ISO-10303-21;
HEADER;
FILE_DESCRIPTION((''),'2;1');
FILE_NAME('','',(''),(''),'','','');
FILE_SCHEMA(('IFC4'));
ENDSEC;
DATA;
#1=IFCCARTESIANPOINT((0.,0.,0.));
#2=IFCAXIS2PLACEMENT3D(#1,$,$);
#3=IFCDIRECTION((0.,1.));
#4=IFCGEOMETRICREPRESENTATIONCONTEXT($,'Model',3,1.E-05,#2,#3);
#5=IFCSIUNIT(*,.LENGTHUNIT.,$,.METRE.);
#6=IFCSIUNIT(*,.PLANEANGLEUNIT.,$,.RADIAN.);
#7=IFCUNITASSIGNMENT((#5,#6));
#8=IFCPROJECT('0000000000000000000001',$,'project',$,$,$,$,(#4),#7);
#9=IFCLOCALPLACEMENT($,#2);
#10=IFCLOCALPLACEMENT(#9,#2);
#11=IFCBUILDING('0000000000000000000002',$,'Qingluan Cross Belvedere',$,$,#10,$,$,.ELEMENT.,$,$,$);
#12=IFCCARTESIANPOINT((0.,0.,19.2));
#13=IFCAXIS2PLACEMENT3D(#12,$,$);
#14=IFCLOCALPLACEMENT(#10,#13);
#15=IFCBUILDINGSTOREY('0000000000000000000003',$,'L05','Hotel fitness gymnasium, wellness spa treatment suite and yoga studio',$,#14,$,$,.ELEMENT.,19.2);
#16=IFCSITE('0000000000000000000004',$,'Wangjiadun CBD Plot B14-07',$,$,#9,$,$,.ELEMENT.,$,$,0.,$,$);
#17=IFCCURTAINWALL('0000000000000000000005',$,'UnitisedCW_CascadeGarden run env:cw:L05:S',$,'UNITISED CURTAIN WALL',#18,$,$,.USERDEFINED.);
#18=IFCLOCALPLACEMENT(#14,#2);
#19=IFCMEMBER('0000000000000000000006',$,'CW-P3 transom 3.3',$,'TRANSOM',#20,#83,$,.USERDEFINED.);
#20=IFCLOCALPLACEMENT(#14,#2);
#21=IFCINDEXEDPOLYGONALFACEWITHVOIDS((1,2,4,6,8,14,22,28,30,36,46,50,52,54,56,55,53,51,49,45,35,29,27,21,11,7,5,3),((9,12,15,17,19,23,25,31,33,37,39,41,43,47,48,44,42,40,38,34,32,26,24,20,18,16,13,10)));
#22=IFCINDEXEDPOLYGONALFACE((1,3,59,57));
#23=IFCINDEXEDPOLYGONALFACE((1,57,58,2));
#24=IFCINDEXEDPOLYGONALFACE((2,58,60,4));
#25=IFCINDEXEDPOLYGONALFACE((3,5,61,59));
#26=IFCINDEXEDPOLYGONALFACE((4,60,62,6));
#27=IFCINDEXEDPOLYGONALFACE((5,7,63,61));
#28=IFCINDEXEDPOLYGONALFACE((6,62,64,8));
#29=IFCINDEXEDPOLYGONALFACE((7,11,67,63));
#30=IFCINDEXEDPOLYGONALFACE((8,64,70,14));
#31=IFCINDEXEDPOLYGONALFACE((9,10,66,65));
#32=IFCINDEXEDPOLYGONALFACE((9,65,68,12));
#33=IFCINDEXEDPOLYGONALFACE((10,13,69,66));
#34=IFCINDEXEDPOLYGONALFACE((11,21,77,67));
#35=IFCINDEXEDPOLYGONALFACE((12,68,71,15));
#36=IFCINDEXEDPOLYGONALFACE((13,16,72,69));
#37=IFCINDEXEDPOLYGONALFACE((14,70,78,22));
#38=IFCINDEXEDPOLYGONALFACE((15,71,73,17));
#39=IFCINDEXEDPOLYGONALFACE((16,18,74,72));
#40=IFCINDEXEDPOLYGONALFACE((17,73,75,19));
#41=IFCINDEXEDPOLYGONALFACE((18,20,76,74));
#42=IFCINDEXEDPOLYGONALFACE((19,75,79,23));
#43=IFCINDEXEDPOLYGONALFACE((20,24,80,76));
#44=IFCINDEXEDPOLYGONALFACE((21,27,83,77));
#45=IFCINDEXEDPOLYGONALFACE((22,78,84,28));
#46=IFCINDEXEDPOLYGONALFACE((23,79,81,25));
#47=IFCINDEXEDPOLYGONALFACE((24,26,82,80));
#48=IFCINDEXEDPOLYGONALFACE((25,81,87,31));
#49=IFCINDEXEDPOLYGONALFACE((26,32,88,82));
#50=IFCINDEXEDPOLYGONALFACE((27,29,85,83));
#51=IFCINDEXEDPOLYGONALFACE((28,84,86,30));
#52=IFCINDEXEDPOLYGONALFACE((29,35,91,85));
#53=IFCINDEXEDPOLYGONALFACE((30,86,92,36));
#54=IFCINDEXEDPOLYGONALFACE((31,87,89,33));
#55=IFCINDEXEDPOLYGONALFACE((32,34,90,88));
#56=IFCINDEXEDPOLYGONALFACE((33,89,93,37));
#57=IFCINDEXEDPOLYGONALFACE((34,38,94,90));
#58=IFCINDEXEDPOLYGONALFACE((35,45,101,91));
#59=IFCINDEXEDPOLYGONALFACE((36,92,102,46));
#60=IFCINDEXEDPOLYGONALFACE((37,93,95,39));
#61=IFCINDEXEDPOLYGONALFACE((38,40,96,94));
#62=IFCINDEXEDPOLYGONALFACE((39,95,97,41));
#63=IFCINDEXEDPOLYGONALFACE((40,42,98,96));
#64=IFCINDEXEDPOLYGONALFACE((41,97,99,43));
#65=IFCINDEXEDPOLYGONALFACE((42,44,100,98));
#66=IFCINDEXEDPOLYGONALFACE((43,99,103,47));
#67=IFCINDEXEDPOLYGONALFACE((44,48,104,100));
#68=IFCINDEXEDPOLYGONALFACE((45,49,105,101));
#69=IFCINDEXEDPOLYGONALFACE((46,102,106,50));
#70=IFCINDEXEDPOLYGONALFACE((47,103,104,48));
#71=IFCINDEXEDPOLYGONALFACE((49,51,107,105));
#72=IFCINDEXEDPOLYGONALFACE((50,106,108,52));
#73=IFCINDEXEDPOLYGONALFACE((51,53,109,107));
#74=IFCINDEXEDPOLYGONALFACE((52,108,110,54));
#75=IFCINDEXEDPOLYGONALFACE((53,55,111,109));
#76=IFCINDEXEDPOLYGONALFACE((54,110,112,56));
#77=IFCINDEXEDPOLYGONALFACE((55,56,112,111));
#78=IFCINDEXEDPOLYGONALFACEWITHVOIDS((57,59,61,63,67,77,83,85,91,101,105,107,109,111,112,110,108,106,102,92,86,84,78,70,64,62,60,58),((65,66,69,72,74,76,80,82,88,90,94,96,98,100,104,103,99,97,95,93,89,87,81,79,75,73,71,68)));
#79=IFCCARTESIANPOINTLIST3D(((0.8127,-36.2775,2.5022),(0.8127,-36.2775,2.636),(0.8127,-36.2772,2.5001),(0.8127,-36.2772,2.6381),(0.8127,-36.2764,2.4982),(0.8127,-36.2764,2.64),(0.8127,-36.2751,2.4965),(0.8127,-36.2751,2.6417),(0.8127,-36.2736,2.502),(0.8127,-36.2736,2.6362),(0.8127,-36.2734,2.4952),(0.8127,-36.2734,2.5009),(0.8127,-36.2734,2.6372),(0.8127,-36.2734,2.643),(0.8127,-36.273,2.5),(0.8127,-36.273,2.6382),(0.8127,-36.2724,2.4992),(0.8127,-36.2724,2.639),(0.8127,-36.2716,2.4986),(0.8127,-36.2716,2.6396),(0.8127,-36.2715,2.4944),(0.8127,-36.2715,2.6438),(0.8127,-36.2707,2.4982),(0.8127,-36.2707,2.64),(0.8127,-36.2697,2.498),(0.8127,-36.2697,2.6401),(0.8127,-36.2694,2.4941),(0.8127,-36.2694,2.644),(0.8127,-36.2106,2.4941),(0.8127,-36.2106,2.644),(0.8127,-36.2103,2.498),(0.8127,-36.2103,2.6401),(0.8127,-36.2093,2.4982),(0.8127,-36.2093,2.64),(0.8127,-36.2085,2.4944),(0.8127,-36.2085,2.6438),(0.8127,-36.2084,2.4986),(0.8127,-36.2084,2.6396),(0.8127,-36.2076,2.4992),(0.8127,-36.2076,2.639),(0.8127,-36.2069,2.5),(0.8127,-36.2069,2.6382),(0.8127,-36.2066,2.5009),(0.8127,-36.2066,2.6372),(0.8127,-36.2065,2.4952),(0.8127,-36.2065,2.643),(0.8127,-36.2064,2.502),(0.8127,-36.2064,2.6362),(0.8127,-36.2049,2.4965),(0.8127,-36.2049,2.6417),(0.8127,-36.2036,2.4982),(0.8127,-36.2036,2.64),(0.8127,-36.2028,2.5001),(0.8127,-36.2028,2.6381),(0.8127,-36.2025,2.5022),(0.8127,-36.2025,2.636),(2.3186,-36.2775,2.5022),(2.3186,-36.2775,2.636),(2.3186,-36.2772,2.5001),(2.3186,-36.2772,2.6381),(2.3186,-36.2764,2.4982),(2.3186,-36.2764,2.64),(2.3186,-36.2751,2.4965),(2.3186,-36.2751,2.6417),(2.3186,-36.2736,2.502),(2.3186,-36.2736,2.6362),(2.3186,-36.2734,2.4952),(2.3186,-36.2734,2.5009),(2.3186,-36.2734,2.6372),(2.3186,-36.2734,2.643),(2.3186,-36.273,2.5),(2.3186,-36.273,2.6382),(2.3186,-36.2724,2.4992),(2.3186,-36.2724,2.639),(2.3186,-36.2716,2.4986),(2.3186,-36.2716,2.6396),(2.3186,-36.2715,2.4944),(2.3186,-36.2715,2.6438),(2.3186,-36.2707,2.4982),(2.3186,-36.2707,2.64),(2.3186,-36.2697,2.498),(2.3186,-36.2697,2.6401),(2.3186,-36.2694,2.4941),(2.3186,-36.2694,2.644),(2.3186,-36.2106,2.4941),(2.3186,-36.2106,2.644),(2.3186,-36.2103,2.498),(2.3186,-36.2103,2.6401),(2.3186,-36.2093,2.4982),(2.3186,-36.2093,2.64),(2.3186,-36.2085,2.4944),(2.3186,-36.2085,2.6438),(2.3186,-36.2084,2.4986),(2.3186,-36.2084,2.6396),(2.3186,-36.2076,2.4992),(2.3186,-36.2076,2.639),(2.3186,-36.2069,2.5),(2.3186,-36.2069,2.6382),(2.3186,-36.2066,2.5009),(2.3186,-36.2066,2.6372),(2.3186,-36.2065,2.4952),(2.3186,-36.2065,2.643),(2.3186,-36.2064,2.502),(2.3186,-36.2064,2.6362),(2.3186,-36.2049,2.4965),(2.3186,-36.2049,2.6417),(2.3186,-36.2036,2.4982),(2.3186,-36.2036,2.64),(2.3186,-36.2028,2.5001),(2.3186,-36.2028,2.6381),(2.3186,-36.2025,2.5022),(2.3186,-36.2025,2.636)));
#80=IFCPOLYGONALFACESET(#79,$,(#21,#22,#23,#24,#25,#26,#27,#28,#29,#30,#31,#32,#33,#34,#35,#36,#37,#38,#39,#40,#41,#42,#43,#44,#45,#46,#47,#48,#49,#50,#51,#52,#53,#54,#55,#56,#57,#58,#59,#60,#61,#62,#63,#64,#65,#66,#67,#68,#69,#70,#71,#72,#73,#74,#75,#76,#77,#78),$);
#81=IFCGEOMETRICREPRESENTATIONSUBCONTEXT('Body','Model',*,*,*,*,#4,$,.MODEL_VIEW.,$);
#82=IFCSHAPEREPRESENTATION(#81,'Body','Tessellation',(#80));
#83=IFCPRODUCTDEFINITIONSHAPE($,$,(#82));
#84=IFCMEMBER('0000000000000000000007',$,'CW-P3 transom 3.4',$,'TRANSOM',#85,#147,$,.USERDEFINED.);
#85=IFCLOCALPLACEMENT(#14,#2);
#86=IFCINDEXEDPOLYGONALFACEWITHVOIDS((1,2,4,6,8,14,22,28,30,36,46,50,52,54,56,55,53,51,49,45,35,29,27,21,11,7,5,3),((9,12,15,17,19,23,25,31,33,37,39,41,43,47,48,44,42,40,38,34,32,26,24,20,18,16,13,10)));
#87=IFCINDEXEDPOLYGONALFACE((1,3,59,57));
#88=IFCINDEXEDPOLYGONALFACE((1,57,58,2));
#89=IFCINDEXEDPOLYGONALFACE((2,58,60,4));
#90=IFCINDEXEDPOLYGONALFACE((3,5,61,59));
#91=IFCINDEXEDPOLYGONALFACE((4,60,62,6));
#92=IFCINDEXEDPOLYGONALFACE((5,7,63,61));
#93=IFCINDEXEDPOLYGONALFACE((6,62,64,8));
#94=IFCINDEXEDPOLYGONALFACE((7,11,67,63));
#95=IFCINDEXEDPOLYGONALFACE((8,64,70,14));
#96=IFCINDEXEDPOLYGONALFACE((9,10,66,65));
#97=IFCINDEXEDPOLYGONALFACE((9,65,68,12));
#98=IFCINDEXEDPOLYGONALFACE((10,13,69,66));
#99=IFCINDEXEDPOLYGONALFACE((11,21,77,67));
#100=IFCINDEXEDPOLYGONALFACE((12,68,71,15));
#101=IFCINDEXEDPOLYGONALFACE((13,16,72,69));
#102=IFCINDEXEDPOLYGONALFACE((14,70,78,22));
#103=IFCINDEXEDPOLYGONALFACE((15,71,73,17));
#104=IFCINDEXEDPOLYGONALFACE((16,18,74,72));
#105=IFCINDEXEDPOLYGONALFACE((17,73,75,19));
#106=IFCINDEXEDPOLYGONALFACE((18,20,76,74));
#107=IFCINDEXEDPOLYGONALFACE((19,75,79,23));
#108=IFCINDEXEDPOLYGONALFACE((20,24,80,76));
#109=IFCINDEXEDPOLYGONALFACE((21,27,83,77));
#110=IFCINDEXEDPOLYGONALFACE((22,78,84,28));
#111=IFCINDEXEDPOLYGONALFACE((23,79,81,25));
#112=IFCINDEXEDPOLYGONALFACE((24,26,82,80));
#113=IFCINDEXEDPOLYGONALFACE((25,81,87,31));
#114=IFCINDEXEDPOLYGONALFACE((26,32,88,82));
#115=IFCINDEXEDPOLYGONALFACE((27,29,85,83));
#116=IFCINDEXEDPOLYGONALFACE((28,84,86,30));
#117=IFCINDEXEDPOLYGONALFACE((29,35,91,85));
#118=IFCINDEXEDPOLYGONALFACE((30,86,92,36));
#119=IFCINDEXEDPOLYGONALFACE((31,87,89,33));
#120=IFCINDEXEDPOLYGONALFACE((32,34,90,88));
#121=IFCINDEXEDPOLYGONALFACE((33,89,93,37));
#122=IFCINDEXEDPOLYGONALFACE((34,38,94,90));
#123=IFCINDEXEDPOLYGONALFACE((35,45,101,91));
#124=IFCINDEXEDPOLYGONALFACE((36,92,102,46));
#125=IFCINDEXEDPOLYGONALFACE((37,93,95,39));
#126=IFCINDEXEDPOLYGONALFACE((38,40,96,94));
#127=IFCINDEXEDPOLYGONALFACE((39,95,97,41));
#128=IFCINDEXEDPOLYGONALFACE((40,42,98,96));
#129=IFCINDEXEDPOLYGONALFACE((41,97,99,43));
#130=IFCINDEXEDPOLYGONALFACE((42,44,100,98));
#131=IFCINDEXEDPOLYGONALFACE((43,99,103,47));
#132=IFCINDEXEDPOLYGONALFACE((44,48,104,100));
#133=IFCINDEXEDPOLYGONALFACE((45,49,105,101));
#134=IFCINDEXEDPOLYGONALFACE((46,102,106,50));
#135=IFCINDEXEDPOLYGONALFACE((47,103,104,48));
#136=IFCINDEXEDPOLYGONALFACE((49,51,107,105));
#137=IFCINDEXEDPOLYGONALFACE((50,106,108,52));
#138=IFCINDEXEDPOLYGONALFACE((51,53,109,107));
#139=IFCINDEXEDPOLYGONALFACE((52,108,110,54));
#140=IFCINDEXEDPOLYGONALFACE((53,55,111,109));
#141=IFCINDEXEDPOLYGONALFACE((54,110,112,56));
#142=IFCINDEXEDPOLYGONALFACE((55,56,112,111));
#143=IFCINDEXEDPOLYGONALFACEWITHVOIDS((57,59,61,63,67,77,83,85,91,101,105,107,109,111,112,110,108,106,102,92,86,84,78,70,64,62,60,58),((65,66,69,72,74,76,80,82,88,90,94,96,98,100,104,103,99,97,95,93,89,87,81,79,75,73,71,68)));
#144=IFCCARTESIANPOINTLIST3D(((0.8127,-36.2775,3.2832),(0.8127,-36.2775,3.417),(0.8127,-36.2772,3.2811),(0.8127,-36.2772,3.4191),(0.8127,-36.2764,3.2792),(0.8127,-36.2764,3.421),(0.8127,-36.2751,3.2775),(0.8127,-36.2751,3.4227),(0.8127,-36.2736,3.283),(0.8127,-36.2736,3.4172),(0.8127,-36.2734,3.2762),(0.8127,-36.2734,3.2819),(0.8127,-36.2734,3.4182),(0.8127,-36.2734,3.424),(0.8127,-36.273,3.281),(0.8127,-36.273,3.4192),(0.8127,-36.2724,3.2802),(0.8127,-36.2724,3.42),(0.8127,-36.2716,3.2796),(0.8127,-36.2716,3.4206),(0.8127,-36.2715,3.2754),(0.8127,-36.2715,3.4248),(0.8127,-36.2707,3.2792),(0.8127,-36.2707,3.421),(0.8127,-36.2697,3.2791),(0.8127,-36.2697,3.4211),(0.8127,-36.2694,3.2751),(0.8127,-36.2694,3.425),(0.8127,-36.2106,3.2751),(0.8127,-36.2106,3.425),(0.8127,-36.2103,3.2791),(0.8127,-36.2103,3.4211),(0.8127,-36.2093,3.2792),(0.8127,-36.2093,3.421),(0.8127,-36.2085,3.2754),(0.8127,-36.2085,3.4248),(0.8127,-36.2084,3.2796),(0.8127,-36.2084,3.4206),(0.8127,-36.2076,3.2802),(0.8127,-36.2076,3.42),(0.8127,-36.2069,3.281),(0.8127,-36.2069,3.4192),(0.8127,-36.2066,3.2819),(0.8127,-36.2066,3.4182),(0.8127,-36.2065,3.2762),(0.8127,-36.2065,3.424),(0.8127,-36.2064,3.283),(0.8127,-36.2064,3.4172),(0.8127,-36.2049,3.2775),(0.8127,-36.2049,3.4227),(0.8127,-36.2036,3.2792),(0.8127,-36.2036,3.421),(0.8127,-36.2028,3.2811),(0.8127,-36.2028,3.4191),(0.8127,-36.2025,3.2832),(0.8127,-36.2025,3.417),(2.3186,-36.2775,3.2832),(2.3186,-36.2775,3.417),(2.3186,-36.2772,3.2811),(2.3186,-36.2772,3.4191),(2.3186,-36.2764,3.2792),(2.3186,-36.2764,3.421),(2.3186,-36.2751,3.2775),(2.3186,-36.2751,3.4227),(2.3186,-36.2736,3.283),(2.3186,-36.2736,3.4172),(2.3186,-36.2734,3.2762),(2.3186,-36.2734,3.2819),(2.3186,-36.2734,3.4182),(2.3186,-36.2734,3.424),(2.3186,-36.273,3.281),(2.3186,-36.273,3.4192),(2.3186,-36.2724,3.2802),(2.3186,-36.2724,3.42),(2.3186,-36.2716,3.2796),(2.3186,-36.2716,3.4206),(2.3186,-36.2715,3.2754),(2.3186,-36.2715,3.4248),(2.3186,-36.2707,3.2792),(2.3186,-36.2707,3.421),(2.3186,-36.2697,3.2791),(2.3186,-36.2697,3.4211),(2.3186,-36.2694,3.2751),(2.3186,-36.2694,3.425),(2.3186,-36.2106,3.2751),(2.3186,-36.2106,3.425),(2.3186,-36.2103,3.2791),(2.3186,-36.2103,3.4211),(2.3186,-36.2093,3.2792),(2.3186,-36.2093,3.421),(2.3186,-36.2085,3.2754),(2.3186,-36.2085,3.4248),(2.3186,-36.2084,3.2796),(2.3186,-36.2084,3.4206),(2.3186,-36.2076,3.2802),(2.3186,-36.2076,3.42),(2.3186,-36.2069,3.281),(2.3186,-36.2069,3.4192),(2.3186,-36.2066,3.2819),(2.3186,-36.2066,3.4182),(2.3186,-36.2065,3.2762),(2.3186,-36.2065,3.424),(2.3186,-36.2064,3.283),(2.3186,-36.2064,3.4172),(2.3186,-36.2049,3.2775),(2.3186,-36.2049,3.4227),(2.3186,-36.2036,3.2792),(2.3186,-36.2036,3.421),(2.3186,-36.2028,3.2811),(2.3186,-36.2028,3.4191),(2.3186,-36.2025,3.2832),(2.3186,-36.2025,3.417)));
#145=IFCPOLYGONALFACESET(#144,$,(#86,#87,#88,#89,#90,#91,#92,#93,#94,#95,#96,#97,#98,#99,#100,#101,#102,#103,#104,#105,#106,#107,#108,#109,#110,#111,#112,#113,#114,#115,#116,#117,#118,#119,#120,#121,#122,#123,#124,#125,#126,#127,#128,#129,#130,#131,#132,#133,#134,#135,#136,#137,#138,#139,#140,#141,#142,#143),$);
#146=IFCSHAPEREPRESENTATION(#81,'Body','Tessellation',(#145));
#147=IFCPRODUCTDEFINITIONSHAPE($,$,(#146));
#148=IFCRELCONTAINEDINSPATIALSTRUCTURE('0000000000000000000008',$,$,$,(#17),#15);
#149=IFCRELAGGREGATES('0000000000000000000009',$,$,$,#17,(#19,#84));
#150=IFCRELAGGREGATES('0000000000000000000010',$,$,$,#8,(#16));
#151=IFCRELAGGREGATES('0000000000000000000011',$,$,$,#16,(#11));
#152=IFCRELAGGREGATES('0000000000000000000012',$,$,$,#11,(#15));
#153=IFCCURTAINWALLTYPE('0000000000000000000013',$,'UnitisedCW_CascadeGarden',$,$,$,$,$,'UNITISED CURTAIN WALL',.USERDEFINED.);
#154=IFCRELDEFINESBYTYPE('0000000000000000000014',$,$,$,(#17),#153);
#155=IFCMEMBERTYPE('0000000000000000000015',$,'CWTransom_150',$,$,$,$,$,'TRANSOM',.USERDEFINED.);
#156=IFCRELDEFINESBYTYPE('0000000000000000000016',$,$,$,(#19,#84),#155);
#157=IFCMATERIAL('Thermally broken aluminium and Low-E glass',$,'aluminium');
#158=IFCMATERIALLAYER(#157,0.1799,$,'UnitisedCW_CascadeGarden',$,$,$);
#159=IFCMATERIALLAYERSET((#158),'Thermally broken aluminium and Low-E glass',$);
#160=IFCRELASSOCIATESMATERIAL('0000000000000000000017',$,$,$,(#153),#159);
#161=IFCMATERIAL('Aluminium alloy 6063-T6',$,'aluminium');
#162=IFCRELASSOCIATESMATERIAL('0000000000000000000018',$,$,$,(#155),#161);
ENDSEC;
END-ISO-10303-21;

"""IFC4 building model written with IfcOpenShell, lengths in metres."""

from ifc_helpers import new_model, si_unit, direction, frame, origin, origin_2d, place, context, subcontext, project, spatial, hollow_rectangle, extrude, material, layer, layer_set, material_profile, profile_set, type_object, element, aggregate, save


model = new_model("IFC4")

# Units and contexts
model_context = context("Model", 3, precision=1e-05, world=origin(), true_north=direction((0.0, 1.0)))
body_context = subcontext(model_context, "Body", "Model", "MODEL_VIEW")
ifc_project = project(units=[si_unit("LENGTHUNIT", "METRE"), si_unit("PLANEANGLEUNIT", "RADIAN")], contexts=[model_context])

# Site, building, storey
site_placement = place(None, origin())
site = spatial("IfcSite", under=ifc_project, at=site_placement, Name="Wangjiadun CBD Plot B14-07", CompositionType="ELEMENT", RefElevation=0.0)
building_placement = place(site_placement, origin())
building = spatial("IfcBuilding", under=site, at=building_placement, Name="Qingluan Cross Belvedere", CompositionType="ELEMENT")
storey_placement = place(building_placement, frame((0.0, 0.0, 19.2)))
storey = spatial("IfcBuildingStorey", under=building, at=storey_placement, Name="L05", Description="Hotel fitness gymnasium, wellness spa treatment suite and yoga studio", CompositionType="ELEMENT", Elevation=19.2)

# Curtain wall, members
ifc_material_1 = material(Name="Thermally broken aluminium and Low-E glass", Category="aluminium")
ifc_layer_1 = layer(ifc_material_1, 0.1799, Name="UnitisedCW_CascadeGarden")
ifc_layer_set_1 = layer_set([ifc_layer_1], Name="Thermally broken aluminium and Low-E glass")
curtain_wall_type = type_object("IfcCurtainWallType", Name="UnitisedCW_CascadeGarden", ElementType="UNITISED CURTAIN WALL", PredefinedType="USERDEFINED", material=ifc_layer_set_1)
curtain_wall_placement = place(storey_placement, origin())
curtain_wall = element("IfcCurtainWall", 1, at=curtain_wall_placement, inside=storey, type_object=curtain_wall_type, Name="UnitisedCW_CascadeGarden run env:cw:L05:S", ObjectType="UNITISED CURTAIN WALL", PredefinedType="USERDEFINED")
ifc_material_2 = material(Name="Aluminium alloy 6063-T6", Category="aluminium")
ifc_material_profile_1 = material_profile(ifc_material_2, hollow_rectangle(XDim=0.075, YDim=0.1499, WallThickness=0.0039, InnerFilletRadius=0.0039, OuterFilletRadius=0.0081, at=origin_2d()), Name="CWT150x75x4")
ifc_profile_set_1 = profile_set([ifc_material_profile_1], Name="Aluminium alloy 6063-T6")
member_type_1 = type_object("IfcMemberType", Name="CWTransom_150", ElementType="TRANSOM", PredefinedType="USERDEFINED", material=ifc_profile_set_1)
member_1_placement = place(storey_placement, frame((2.3186, -36.24, 2.5691), z_axis=(-1.0, 0.0, 0.0), x_axis=(0.0, -1.0, 0.0)))
member_1 = element("IfcMember", 2, at=member_1_placement, type_object=member_type_1, Name="CW-P3 transom 3.3", ObjectType="TRANSOM", PredefinedType="USERDEFINED", context=body_context, shape_type="SweptSolid", body=[
    extrude(hollow_rectangle(XDim=0.075, YDim=0.1499, WallThickness=0.0039, InnerFilletRadius=0.0039, OuterFilletRadius=0.0081, at=origin_2d()), origin(), (0.0, 0.0, 1.0), 1.5059),
])
member_2_placement = place(storey_placement, frame((2.3186, -36.24, 3.3501), z_axis=(-1.0, 0.0, 0.0), x_axis=(0.0, -1.0, 0.0)))
member_2 = element("IfcMember", 3, at=member_2_placement, type_object=member_type_1, Name="CW-P3 transom 3.4", ObjectType="TRANSOM", PredefinedType="USERDEFINED", context=body_context, shape_type="SweptSolid", body=[
    extrude(hollow_rectangle(XDim=0.075, YDim=0.1499, WallThickness=0.0039, InnerFilletRadius=0.0039, OuterFilletRadius=0.0081, at=origin_2d()), origin(), (0.0, 0.0, 1.0), 1.5059),
])
aggregate(curtain_wall, [member_1, member_2])

save(model, "model.ifc")
